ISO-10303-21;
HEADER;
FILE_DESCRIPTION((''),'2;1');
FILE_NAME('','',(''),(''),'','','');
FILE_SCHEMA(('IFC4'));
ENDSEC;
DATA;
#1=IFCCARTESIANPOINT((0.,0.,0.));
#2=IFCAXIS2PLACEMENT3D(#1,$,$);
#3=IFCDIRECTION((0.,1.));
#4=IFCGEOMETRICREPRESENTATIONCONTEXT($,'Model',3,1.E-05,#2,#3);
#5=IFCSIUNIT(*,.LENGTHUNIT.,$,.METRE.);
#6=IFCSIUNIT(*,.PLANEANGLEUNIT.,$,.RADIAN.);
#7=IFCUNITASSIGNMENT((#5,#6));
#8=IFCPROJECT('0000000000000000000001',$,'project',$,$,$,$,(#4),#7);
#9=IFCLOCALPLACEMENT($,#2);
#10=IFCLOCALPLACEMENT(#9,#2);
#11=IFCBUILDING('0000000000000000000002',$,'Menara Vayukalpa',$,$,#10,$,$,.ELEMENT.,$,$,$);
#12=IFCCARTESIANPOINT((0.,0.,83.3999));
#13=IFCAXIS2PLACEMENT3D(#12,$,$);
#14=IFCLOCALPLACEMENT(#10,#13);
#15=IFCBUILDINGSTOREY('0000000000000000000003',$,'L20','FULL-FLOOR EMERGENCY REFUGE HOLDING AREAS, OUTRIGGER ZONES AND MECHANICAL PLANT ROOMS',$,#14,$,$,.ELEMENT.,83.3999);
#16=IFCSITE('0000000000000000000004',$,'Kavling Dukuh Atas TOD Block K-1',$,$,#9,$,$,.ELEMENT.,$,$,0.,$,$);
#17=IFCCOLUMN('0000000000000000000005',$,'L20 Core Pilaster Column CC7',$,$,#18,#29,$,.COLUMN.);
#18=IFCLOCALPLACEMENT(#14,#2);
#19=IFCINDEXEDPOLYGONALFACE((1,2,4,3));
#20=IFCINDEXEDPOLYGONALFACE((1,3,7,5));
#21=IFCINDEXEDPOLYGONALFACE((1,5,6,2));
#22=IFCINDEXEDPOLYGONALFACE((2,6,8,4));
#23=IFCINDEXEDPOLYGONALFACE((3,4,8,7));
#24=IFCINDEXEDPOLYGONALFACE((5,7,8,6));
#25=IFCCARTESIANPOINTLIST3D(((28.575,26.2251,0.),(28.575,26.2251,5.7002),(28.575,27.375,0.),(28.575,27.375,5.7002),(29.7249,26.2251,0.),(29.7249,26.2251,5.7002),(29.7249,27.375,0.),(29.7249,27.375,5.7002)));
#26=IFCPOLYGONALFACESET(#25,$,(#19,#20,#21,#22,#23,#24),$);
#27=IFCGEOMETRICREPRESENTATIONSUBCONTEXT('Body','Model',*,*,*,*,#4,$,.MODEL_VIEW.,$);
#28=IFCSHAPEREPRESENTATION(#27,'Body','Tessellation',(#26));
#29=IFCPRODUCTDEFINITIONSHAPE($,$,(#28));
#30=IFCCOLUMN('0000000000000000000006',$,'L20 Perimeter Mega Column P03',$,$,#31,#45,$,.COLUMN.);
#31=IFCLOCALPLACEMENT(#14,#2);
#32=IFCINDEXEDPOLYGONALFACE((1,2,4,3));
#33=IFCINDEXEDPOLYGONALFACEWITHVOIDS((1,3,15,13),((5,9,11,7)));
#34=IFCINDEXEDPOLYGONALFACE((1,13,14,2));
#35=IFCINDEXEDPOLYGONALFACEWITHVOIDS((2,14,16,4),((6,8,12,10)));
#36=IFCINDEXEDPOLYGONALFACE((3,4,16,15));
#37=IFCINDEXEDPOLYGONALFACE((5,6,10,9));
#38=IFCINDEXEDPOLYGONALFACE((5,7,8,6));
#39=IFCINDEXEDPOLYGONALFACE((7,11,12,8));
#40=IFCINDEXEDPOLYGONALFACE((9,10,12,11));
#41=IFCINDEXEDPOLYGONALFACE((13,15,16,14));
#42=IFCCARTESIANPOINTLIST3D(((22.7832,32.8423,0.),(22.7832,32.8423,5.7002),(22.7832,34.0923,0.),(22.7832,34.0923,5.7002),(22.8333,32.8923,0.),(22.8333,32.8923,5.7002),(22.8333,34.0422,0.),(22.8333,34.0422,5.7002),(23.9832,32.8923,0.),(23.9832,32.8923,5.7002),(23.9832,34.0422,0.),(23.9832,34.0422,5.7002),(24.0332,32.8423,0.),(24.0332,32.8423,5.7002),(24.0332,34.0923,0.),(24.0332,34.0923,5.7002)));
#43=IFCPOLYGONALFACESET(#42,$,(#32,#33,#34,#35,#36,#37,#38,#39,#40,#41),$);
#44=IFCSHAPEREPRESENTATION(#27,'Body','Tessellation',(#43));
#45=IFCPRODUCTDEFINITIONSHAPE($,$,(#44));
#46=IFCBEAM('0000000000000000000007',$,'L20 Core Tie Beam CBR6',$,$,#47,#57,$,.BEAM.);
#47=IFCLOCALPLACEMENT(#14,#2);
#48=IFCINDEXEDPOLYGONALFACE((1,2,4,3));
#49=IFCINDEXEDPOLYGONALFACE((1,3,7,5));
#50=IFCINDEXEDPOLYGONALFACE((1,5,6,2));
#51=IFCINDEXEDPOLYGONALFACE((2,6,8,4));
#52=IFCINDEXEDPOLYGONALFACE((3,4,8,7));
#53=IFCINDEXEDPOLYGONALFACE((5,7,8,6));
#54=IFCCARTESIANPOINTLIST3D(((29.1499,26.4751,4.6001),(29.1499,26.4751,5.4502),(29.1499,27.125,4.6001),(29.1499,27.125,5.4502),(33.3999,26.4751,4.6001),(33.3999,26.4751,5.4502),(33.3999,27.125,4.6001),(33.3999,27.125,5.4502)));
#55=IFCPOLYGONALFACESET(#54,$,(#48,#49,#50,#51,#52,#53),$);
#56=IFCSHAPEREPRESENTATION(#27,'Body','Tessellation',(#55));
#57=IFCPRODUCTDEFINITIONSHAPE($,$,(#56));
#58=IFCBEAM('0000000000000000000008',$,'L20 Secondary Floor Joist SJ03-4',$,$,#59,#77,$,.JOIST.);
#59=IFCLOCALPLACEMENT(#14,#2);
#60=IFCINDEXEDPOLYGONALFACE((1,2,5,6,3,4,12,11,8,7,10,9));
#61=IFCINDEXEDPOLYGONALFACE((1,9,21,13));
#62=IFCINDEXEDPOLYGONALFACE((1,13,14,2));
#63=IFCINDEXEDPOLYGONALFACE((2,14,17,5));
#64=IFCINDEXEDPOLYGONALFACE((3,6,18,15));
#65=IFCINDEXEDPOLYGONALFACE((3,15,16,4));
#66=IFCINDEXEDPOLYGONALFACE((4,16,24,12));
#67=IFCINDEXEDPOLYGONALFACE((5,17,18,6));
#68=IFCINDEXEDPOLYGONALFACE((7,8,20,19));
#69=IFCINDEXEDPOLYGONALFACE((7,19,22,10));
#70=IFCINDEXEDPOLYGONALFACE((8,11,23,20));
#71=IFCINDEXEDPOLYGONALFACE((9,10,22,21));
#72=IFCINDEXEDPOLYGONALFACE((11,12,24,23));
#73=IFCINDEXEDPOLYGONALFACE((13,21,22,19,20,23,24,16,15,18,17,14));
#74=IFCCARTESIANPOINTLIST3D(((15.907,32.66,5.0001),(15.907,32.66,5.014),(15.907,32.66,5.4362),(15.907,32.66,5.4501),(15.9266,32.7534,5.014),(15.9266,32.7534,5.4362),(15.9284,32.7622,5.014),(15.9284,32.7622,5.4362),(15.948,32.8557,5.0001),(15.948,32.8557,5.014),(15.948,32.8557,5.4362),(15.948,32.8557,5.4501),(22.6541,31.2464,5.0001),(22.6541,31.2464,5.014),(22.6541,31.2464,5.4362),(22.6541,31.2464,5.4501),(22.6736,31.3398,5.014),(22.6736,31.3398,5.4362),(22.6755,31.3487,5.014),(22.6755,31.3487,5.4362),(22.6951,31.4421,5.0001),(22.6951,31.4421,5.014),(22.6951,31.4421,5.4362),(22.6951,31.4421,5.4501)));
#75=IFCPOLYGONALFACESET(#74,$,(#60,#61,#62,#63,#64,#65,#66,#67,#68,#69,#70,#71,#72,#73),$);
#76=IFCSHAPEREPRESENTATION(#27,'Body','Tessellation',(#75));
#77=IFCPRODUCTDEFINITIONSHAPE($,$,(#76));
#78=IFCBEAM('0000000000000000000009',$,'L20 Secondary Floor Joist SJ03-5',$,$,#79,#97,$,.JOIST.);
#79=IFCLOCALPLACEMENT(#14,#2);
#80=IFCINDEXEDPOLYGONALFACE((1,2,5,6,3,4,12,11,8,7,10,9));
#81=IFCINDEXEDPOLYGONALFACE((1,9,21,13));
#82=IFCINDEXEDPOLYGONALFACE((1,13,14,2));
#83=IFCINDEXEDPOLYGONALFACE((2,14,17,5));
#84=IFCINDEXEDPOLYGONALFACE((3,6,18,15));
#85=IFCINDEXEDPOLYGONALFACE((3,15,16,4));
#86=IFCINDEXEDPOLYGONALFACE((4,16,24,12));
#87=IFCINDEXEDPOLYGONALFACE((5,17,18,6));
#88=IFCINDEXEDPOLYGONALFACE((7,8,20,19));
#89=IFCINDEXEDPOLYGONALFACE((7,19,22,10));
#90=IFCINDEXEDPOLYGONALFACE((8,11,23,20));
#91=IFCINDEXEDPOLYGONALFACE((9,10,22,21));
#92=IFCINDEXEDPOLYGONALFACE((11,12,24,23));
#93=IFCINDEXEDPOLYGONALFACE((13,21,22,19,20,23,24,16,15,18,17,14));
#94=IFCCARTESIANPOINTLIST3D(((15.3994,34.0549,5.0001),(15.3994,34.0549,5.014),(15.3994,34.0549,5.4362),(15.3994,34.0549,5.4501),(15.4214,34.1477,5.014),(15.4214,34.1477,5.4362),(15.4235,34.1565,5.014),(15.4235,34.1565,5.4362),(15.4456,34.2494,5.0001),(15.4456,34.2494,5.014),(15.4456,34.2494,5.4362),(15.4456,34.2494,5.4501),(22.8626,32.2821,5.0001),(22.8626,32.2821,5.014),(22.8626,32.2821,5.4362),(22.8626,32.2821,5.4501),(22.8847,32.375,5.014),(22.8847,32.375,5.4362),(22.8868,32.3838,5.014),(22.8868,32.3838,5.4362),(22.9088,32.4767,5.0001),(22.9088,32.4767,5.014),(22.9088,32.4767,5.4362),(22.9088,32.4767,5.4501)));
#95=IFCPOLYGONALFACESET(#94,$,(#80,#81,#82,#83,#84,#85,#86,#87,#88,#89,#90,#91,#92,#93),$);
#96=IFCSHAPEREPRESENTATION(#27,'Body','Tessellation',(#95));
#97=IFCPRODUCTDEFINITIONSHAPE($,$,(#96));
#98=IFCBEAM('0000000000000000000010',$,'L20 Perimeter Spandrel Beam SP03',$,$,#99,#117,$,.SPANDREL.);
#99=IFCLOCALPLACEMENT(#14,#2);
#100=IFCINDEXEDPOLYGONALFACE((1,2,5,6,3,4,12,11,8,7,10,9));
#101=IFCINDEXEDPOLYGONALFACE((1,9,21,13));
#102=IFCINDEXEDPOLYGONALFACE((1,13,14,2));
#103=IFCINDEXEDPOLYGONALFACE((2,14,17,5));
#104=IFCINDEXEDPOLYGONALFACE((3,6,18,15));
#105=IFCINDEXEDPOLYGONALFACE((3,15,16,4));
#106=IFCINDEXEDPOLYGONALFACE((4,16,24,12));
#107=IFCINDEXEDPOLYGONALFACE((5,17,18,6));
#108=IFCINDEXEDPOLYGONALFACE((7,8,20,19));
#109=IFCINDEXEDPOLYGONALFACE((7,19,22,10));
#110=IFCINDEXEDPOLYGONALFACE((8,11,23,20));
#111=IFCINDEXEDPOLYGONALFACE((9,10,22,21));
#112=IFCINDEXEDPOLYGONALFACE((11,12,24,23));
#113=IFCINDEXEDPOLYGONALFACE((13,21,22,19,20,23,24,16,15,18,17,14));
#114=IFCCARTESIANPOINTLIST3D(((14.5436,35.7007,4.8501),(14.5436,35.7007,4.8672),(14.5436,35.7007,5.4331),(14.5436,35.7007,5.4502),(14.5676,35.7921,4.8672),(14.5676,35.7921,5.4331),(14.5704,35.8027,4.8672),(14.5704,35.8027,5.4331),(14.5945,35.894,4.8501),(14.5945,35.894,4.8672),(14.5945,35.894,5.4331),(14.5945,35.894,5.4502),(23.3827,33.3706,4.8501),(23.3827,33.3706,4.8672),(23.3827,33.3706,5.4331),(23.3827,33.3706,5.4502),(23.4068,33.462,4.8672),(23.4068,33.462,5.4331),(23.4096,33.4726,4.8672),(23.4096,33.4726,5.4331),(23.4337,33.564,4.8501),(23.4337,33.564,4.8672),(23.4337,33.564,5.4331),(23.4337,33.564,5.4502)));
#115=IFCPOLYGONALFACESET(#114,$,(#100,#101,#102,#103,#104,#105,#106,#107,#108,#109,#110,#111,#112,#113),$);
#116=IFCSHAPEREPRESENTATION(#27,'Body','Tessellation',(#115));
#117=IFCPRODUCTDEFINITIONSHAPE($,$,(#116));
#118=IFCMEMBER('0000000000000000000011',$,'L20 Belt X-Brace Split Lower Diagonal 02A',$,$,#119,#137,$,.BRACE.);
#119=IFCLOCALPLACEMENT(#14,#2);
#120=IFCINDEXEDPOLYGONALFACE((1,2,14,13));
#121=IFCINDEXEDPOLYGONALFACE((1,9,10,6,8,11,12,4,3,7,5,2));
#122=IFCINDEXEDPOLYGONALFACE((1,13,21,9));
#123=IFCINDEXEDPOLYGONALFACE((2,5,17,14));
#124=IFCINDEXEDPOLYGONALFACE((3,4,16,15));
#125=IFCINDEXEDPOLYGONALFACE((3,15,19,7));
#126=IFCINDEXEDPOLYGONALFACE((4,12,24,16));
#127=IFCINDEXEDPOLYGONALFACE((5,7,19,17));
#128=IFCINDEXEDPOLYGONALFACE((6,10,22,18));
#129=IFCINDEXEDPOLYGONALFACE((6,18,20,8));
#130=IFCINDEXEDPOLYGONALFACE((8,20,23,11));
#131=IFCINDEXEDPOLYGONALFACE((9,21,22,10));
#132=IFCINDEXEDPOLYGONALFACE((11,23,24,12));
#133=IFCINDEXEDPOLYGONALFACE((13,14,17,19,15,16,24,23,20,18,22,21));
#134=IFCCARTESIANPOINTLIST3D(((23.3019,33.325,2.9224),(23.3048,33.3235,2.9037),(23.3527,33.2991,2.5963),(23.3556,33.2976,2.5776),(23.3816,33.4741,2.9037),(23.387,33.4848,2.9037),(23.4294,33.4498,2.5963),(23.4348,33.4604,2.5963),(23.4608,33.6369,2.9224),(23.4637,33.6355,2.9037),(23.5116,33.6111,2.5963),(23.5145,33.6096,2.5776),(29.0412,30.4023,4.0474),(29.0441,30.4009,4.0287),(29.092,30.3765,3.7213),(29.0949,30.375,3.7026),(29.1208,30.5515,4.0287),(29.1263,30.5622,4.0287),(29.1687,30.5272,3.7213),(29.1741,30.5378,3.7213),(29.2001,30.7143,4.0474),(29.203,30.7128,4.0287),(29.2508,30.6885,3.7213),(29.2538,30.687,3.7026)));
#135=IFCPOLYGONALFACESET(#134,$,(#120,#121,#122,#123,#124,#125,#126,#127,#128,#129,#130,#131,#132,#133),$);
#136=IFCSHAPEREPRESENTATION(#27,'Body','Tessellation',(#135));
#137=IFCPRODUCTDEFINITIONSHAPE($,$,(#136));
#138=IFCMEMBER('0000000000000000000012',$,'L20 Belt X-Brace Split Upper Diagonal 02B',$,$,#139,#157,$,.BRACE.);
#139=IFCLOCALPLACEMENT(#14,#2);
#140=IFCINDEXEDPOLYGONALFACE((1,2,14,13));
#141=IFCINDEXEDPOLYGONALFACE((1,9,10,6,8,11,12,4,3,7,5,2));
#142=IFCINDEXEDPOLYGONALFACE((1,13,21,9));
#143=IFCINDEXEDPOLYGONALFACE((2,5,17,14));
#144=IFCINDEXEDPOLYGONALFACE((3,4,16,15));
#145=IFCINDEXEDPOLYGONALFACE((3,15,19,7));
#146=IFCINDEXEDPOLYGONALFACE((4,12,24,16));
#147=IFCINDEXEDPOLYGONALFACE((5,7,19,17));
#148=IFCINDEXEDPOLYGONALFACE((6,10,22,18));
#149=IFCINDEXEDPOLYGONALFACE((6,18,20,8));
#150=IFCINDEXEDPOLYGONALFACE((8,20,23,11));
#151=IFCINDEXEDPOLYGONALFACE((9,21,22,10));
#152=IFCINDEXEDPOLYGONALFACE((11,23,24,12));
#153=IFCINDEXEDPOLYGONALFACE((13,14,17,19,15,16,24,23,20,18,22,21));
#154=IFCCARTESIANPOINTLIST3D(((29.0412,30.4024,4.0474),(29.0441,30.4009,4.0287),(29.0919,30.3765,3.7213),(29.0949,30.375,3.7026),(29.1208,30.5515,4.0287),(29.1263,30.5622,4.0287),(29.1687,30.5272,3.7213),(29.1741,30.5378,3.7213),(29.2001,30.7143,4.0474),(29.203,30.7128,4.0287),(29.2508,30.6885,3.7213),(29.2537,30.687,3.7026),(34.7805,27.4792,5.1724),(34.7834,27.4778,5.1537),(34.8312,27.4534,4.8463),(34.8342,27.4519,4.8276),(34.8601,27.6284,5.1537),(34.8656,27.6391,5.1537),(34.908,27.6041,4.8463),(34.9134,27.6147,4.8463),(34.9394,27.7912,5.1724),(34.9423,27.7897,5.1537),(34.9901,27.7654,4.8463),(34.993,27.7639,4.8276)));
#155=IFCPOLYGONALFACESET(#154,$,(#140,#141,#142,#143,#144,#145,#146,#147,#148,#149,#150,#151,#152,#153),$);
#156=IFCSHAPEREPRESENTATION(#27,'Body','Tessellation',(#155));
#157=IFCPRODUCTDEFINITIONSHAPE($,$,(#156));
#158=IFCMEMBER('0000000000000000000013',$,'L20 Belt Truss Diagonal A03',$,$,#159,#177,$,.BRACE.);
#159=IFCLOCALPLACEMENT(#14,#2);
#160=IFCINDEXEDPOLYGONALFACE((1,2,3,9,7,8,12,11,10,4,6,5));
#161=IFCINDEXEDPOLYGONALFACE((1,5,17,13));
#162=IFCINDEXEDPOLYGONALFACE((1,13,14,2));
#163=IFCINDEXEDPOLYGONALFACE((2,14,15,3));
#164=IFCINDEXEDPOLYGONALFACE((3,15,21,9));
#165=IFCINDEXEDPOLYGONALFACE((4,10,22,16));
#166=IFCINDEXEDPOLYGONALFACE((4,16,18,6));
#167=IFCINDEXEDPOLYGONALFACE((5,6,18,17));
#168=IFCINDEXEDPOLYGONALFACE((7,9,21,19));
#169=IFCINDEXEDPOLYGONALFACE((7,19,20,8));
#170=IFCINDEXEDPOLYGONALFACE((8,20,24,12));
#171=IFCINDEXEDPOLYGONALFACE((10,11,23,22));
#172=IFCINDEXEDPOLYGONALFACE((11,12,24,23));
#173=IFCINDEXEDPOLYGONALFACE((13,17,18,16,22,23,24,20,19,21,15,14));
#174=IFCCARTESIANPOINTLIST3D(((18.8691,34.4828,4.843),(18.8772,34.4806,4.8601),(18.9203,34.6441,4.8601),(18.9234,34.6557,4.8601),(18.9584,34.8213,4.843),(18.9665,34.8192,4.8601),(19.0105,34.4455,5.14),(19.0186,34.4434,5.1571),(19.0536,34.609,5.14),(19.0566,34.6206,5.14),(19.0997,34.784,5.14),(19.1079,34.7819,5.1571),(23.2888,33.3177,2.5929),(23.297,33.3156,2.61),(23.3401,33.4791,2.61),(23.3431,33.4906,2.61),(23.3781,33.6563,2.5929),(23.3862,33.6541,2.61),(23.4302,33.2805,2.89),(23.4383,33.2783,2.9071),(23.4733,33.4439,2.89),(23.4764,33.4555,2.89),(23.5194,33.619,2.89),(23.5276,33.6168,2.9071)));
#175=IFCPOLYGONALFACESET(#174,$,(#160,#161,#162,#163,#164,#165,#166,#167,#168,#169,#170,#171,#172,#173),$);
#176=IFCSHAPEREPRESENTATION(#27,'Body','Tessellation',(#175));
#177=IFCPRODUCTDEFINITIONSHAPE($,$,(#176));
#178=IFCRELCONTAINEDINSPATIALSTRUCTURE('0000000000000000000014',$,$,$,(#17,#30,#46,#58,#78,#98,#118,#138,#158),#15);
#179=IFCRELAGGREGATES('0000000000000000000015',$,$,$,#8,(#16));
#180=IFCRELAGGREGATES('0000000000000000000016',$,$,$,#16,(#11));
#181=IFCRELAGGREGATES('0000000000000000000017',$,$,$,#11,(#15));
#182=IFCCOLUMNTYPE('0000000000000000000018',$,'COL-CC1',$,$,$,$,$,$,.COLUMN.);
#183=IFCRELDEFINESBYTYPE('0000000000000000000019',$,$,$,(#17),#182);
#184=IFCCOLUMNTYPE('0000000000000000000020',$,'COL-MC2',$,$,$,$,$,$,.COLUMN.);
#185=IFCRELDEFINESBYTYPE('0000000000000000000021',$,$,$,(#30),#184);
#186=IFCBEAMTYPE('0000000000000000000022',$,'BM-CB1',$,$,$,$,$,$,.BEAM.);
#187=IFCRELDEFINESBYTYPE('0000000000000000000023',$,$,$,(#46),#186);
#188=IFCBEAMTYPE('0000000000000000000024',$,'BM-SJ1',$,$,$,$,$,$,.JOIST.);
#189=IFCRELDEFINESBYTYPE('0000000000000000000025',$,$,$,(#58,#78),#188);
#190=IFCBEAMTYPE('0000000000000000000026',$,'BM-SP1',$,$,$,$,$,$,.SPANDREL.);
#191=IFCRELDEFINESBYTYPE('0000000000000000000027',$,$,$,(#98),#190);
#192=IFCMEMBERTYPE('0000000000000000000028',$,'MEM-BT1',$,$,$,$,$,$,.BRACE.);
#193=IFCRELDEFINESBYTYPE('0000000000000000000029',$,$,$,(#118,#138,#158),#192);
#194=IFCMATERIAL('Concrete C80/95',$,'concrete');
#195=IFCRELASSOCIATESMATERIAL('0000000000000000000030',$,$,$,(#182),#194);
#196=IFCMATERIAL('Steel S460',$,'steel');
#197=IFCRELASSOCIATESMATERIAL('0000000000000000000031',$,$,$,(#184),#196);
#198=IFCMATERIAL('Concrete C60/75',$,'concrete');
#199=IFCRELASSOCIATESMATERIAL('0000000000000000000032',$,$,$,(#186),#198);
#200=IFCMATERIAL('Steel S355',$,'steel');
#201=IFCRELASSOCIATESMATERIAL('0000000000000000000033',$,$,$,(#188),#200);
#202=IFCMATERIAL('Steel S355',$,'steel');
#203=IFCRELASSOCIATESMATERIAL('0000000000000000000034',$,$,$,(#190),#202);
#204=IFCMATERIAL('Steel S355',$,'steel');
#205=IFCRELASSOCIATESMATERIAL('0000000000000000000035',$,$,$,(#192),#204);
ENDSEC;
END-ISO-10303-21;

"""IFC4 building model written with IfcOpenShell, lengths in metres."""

from ifc_helpers import new_model, si_unit, direction, frame, origin, origin_2d, place, context, subcontext, project, spatial, rectangle, hollow_rectangle, i_section, extrude, material, material_profile, profile_set, type_object, element, save


model = new_model("IFC4")

# Units and contexts
model_context = context("Model", 3, precision=1e-05, world=origin(), true_north=direction((0.0, 1.0)))
body_context = subcontext(model_context, "Body", "Model", "MODEL_VIEW")
ifc_project = project(units=[si_unit("LENGTHUNIT", "METRE"), si_unit("PLANEANGLEUNIT", "RADIAN")], contexts=[model_context])

# Site, building, storey
site_placement = place(None, origin())
site = spatial("IfcSite", under=ifc_project, at=site_placement, Name="Kavling Dukuh Atas TOD Block K-1", CompositionType="ELEMENT", RefElevation=0.0)
building_placement = place(site_placement, origin())
building = spatial("IfcBuilding", under=site, at=building_placement, Name="Menara Vayukalpa", CompositionType="ELEMENT")
storey_placement = place(building_placement, frame((0.0, 0.0, 83.3999)))
storey = spatial("IfcBuildingStorey", under=building, at=storey_placement, Name="L20", Description="FULL-FLOOR EMERGENCY REFUGE HOLDING AREAS, OUTRIGGER ZONES AND MECHANICAL PLANT ROOMS", CompositionType="ELEMENT", Elevation=83.3999)

# Columns
ifc_material_1 = material(Name="Concrete C80/95", Category="concrete")
ifc_material_profile_1 = material_profile(ifc_material_1, rectangle(XDim=1.1499, YDim=1.1499, at=origin_2d()), Name="RC 1150x1150")
ifc_profile_set_1 = profile_set([ifc_material_profile_1], Name="Concrete C80/95")
column_type_1 = type_object("IfcColumnType", Name="COL-CC1", PredefinedType="COLUMN", material=ifc_profile_set_1)
column_1_placement = place(storey_placement, frame((29.1499, 26.8, 0.0), z_axis=(0.0, 0.0, 1.0), x_axis=(1.0, 0.0, 0.0)))
element("IfcColumn", 1, at=column_1_placement, inside=storey, type_object=column_type_1, Name="L20 Core Pilaster Column CC7", PredefinedType="COLUMN", context=body_context, shape_type="SweptSolid", body=[
    extrude(rectangle(XDim=1.1499, YDim=1.1499, at=origin_2d()), origin(), (0.0, 0.0, 1.0), 5.7002),
])
ifc_material_2 = material(Name="Steel S460", Category="steel")
ifc_material_profile_2 = material_profile(ifc_material_2, hollow_rectangle(XDim=1.25, YDim=1.25, WallThickness=0.05, at=origin_2d()), Name="BOX 1250x1250x50")
ifc_profile_set_2 = profile_set([ifc_material_profile_2], Name="Steel S460")
column_type_2 = type_object("IfcColumnType", Name="COL-MC2", PredefinedType="COLUMN", material=ifc_profile_set_2)
column_2_placement = place(storey_placement, frame((23.4082, 33.4673, 0.0), z_axis=(0.0, 0.0, 1.0), x_axis=(1.0, 0.0, 0.0)))
element("IfcColumn", 2, at=column_2_placement, inside=storey, type_object=column_type_2, Name="L20 Perimeter Mega Column P03", PredefinedType="COLUMN", context=body_context, shape_type="SweptSolid", body=[
    extrude(hollow_rectangle(XDim=1.25, YDim=1.25, WallThickness=0.05, at=origin_2d()), origin(), (0.0, 0.0, 1.0), 5.7002),
])

# Beams
ifc_material_3 = material(Name="Concrete C60/75", Category="concrete")
ifc_material_profile_3 = material_profile(ifc_material_3, rectangle(XDim=0.6499, YDim=0.8501, at=origin_2d()), Name="RC 650x850")
ifc_profile_set_3 = profile_set([ifc_material_profile_3], Name="Concrete C60/75")
beam_type_1 = type_object("IfcBeamType", Name="BM-CB1", PredefinedType="BEAM", material=ifc_profile_set_3)
beam_1_placement = place(storey_placement, frame((29.1499, 26.8, 5.0251), z_axis=(1.0, 0.0, 0.0), x_axis=(0.0, 1.0, 0.0)))
element("IfcBeam", 3, at=beam_1_placement, inside=storey, type_object=beam_type_1, Name="L20 Core Tie Beam CBR6", PredefinedType="BEAM", context=body_context, shape_type="SweptSolid", body=[
    extrude(rectangle(XDim=0.6499, YDim=0.8501, at=origin_2d()), origin(), (0.0, 0.0, 1.0), 4.25),
])
ifc_material_4 = material(Name="Steel S355", Category="steel")
ifc_material_profile_4 = material_profile(ifc_material_4, i_section(OverallWidth=0.2, OverallDepth=0.45, WebThickness=0.009, FlangeThickness=0.0139, at=origin_2d()), Name="WF 450x200x9x14")
ifc_profile_set_4 = profile_set([ifc_material_profile_4], Name="Steel S355")
beam_type_2 = type_object("IfcBeamType", Name="BM-SJ1", PredefinedType="JOIST", material=ifc_profile_set_4)
beam_2_placement = place(storey_placement, frame((22.6746, 31.3442, 5.2251), z_axis=(-0.97875, 0.205057, 0.0), x_axis=(-0.205057, -0.97875, 0.0)))
element("IfcBeam", 4, at=beam_2_placement, inside=storey, type_object=beam_type_2, Name="L20 Secondary Floor Joist SJ03-4", PredefinedType="JOIST", context=body_context, shape_type="SweptSolid", body=[
    extrude(i_section(OverallWidth=0.2, OverallDepth=0.45, WebThickness=0.009, FlangeThickness=0.0139, at=origin_2d()), origin(), (0.0, 0.0, 1.0), 6.8936),
])
beam_3_placement = place(storey_placement, frame((22.8857, 32.3794, 5.2251), z_axis=(-0.97293, 0.231098, 0.0), x_axis=(-0.231098, -0.97293, 0.0)))
element("IfcBeam", 5, at=beam_3_placement, inside=storey, type_object=beam_type_2, Name="L20 Secondary Floor Joist SJ03-5", PredefinedType="JOIST", context=body_context, shape_type="SweptSolid", body=[
    extrude(i_section(OverallWidth=0.2, OverallDepth=0.45, WebThickness=0.009, FlangeThickness=0.0139, at=origin_2d()), origin(), (0.0, 0.0, 1.0), 7.6709),
])
ifc_material_5 = material(Name="Steel S355", Category="steel")
ifc_material_profile_5 = material_profile(ifc_material_5, i_section(OverallWidth=0.2, OverallDepth=0.6001, WebThickness=0.011, FlangeThickness=0.0171, at=origin_2d()), Name="WF 600x200x11x17")
ifc_profile_set_5 = profile_set([ifc_material_profile_5], Name="Steel S355")
beam_type_3 = type_object("IfcBeamType", Name="BM-SP1", PredefinedType="SPANDREL", material=ifc_profile_set_5)
beam_4_placement = place(storey_placement, frame((23.4082, 33.4673, 5.1501), z_axis=(-0.966967, 0.254902, 0.0), x_axis=(-0.254902, -0.966967, 0.0)))
element("IfcBeam", 6, at=beam_4_placement, inside=storey, type_object=beam_type_3, Name="L20 Perimeter Spandrel Beam SP03", PredefinedType="SPANDREL", context=body_context, shape_type="SweptSolid", body=[
    extrude(i_section(OverallWidth=0.2, OverallDepth=0.6001, WebThickness=0.011, FlangeThickness=0.0171, at=origin_2d()), origin(), (0.0, 0.0, 1.0), 9.1411),
])

# Members
ifc_material_6 = material(Name="Steel S355", Category="steel")
ifc_material_profile_6 = material_profile(ifc_material_6, i_section(OverallWidth=0.3501, OverallDepth=0.3501, WebThickness=0.012, FlangeThickness=0.019, at=origin_2d()), Name="H 350x350x12x19")
ifc_profile_set_6 = profile_set([ifc_material_profile_6], Name="Steel S355")
member_type_1 = type_object("IfcMemberType", Name="MEM-BT1", PredefinedType="BRACE", material=ifc_profile_set_6)
member_1_placement = place(storey_placement, frame((23.4082, 33.4673, 2.75), z_axis=(0.877822, -0.447014, 0.172069), x_axis=(0.453782, 0.891113, 0.0)))
element("IfcMember", 7, at=member_1_placement, inside=storey, type_object=member_type_1, Name="L20 Belt X-Brace Split Lower Diagonal 02A", PredefinedType="BRACE", context=body_context, shape_type="SweptSolid", body=[
    extrude(i_section(OverallWidth=0.3501, OverallDepth=0.3501, WebThickness=0.012, FlangeThickness=0.019, at=origin_2d()), origin(), (0.0, 0.0, 1.0), 6.5381),
])
member_2_placement = place(storey_placement, frame((29.1475, 30.5447, 3.875), z_axis=(0.877792, -0.447074, 0.172063), x_axis=(0.453842, 0.891082, 0.0)))
element("IfcMember", 8, at=member_2_placement, inside=storey, type_object=member_type_1, Name="L20 Belt X-Brace Split Upper Diagonal 02B", PredefinedType="BRACE", context=body_context, shape_type="SweptSolid", body=[
    extrude(i_section(OverallWidth=0.3501, OverallDepth=0.3501, WebThickness=0.012, FlangeThickness=0.019, at=origin_2d()), origin(), (0.0, 0.0, 1.0), 6.5383),
])
member_3_placement = place(storey_placement, frame((23.4082, 33.4673, 2.75), z_axis=(-0.867548, 0.228688, 0.441658), x_axis=(-0.254896, -0.966969, 0.0)))
element("IfcMember", 9, at=member_3_placement, inside=storey, type_object=member_type_1, Name="L20 Belt Truss Diagonal A03", PredefinedType="BRACE", context=body_context, shape_type="SweptSolid", body=[
    extrude(i_section(OverallWidth=0.3501, OverallDepth=0.3501, WebThickness=0.012, FlangeThickness=0.019, at=origin_2d()), origin(), (0.0, 0.0, 1.0), 5.0945),
])

save(model, "model.ifc")
